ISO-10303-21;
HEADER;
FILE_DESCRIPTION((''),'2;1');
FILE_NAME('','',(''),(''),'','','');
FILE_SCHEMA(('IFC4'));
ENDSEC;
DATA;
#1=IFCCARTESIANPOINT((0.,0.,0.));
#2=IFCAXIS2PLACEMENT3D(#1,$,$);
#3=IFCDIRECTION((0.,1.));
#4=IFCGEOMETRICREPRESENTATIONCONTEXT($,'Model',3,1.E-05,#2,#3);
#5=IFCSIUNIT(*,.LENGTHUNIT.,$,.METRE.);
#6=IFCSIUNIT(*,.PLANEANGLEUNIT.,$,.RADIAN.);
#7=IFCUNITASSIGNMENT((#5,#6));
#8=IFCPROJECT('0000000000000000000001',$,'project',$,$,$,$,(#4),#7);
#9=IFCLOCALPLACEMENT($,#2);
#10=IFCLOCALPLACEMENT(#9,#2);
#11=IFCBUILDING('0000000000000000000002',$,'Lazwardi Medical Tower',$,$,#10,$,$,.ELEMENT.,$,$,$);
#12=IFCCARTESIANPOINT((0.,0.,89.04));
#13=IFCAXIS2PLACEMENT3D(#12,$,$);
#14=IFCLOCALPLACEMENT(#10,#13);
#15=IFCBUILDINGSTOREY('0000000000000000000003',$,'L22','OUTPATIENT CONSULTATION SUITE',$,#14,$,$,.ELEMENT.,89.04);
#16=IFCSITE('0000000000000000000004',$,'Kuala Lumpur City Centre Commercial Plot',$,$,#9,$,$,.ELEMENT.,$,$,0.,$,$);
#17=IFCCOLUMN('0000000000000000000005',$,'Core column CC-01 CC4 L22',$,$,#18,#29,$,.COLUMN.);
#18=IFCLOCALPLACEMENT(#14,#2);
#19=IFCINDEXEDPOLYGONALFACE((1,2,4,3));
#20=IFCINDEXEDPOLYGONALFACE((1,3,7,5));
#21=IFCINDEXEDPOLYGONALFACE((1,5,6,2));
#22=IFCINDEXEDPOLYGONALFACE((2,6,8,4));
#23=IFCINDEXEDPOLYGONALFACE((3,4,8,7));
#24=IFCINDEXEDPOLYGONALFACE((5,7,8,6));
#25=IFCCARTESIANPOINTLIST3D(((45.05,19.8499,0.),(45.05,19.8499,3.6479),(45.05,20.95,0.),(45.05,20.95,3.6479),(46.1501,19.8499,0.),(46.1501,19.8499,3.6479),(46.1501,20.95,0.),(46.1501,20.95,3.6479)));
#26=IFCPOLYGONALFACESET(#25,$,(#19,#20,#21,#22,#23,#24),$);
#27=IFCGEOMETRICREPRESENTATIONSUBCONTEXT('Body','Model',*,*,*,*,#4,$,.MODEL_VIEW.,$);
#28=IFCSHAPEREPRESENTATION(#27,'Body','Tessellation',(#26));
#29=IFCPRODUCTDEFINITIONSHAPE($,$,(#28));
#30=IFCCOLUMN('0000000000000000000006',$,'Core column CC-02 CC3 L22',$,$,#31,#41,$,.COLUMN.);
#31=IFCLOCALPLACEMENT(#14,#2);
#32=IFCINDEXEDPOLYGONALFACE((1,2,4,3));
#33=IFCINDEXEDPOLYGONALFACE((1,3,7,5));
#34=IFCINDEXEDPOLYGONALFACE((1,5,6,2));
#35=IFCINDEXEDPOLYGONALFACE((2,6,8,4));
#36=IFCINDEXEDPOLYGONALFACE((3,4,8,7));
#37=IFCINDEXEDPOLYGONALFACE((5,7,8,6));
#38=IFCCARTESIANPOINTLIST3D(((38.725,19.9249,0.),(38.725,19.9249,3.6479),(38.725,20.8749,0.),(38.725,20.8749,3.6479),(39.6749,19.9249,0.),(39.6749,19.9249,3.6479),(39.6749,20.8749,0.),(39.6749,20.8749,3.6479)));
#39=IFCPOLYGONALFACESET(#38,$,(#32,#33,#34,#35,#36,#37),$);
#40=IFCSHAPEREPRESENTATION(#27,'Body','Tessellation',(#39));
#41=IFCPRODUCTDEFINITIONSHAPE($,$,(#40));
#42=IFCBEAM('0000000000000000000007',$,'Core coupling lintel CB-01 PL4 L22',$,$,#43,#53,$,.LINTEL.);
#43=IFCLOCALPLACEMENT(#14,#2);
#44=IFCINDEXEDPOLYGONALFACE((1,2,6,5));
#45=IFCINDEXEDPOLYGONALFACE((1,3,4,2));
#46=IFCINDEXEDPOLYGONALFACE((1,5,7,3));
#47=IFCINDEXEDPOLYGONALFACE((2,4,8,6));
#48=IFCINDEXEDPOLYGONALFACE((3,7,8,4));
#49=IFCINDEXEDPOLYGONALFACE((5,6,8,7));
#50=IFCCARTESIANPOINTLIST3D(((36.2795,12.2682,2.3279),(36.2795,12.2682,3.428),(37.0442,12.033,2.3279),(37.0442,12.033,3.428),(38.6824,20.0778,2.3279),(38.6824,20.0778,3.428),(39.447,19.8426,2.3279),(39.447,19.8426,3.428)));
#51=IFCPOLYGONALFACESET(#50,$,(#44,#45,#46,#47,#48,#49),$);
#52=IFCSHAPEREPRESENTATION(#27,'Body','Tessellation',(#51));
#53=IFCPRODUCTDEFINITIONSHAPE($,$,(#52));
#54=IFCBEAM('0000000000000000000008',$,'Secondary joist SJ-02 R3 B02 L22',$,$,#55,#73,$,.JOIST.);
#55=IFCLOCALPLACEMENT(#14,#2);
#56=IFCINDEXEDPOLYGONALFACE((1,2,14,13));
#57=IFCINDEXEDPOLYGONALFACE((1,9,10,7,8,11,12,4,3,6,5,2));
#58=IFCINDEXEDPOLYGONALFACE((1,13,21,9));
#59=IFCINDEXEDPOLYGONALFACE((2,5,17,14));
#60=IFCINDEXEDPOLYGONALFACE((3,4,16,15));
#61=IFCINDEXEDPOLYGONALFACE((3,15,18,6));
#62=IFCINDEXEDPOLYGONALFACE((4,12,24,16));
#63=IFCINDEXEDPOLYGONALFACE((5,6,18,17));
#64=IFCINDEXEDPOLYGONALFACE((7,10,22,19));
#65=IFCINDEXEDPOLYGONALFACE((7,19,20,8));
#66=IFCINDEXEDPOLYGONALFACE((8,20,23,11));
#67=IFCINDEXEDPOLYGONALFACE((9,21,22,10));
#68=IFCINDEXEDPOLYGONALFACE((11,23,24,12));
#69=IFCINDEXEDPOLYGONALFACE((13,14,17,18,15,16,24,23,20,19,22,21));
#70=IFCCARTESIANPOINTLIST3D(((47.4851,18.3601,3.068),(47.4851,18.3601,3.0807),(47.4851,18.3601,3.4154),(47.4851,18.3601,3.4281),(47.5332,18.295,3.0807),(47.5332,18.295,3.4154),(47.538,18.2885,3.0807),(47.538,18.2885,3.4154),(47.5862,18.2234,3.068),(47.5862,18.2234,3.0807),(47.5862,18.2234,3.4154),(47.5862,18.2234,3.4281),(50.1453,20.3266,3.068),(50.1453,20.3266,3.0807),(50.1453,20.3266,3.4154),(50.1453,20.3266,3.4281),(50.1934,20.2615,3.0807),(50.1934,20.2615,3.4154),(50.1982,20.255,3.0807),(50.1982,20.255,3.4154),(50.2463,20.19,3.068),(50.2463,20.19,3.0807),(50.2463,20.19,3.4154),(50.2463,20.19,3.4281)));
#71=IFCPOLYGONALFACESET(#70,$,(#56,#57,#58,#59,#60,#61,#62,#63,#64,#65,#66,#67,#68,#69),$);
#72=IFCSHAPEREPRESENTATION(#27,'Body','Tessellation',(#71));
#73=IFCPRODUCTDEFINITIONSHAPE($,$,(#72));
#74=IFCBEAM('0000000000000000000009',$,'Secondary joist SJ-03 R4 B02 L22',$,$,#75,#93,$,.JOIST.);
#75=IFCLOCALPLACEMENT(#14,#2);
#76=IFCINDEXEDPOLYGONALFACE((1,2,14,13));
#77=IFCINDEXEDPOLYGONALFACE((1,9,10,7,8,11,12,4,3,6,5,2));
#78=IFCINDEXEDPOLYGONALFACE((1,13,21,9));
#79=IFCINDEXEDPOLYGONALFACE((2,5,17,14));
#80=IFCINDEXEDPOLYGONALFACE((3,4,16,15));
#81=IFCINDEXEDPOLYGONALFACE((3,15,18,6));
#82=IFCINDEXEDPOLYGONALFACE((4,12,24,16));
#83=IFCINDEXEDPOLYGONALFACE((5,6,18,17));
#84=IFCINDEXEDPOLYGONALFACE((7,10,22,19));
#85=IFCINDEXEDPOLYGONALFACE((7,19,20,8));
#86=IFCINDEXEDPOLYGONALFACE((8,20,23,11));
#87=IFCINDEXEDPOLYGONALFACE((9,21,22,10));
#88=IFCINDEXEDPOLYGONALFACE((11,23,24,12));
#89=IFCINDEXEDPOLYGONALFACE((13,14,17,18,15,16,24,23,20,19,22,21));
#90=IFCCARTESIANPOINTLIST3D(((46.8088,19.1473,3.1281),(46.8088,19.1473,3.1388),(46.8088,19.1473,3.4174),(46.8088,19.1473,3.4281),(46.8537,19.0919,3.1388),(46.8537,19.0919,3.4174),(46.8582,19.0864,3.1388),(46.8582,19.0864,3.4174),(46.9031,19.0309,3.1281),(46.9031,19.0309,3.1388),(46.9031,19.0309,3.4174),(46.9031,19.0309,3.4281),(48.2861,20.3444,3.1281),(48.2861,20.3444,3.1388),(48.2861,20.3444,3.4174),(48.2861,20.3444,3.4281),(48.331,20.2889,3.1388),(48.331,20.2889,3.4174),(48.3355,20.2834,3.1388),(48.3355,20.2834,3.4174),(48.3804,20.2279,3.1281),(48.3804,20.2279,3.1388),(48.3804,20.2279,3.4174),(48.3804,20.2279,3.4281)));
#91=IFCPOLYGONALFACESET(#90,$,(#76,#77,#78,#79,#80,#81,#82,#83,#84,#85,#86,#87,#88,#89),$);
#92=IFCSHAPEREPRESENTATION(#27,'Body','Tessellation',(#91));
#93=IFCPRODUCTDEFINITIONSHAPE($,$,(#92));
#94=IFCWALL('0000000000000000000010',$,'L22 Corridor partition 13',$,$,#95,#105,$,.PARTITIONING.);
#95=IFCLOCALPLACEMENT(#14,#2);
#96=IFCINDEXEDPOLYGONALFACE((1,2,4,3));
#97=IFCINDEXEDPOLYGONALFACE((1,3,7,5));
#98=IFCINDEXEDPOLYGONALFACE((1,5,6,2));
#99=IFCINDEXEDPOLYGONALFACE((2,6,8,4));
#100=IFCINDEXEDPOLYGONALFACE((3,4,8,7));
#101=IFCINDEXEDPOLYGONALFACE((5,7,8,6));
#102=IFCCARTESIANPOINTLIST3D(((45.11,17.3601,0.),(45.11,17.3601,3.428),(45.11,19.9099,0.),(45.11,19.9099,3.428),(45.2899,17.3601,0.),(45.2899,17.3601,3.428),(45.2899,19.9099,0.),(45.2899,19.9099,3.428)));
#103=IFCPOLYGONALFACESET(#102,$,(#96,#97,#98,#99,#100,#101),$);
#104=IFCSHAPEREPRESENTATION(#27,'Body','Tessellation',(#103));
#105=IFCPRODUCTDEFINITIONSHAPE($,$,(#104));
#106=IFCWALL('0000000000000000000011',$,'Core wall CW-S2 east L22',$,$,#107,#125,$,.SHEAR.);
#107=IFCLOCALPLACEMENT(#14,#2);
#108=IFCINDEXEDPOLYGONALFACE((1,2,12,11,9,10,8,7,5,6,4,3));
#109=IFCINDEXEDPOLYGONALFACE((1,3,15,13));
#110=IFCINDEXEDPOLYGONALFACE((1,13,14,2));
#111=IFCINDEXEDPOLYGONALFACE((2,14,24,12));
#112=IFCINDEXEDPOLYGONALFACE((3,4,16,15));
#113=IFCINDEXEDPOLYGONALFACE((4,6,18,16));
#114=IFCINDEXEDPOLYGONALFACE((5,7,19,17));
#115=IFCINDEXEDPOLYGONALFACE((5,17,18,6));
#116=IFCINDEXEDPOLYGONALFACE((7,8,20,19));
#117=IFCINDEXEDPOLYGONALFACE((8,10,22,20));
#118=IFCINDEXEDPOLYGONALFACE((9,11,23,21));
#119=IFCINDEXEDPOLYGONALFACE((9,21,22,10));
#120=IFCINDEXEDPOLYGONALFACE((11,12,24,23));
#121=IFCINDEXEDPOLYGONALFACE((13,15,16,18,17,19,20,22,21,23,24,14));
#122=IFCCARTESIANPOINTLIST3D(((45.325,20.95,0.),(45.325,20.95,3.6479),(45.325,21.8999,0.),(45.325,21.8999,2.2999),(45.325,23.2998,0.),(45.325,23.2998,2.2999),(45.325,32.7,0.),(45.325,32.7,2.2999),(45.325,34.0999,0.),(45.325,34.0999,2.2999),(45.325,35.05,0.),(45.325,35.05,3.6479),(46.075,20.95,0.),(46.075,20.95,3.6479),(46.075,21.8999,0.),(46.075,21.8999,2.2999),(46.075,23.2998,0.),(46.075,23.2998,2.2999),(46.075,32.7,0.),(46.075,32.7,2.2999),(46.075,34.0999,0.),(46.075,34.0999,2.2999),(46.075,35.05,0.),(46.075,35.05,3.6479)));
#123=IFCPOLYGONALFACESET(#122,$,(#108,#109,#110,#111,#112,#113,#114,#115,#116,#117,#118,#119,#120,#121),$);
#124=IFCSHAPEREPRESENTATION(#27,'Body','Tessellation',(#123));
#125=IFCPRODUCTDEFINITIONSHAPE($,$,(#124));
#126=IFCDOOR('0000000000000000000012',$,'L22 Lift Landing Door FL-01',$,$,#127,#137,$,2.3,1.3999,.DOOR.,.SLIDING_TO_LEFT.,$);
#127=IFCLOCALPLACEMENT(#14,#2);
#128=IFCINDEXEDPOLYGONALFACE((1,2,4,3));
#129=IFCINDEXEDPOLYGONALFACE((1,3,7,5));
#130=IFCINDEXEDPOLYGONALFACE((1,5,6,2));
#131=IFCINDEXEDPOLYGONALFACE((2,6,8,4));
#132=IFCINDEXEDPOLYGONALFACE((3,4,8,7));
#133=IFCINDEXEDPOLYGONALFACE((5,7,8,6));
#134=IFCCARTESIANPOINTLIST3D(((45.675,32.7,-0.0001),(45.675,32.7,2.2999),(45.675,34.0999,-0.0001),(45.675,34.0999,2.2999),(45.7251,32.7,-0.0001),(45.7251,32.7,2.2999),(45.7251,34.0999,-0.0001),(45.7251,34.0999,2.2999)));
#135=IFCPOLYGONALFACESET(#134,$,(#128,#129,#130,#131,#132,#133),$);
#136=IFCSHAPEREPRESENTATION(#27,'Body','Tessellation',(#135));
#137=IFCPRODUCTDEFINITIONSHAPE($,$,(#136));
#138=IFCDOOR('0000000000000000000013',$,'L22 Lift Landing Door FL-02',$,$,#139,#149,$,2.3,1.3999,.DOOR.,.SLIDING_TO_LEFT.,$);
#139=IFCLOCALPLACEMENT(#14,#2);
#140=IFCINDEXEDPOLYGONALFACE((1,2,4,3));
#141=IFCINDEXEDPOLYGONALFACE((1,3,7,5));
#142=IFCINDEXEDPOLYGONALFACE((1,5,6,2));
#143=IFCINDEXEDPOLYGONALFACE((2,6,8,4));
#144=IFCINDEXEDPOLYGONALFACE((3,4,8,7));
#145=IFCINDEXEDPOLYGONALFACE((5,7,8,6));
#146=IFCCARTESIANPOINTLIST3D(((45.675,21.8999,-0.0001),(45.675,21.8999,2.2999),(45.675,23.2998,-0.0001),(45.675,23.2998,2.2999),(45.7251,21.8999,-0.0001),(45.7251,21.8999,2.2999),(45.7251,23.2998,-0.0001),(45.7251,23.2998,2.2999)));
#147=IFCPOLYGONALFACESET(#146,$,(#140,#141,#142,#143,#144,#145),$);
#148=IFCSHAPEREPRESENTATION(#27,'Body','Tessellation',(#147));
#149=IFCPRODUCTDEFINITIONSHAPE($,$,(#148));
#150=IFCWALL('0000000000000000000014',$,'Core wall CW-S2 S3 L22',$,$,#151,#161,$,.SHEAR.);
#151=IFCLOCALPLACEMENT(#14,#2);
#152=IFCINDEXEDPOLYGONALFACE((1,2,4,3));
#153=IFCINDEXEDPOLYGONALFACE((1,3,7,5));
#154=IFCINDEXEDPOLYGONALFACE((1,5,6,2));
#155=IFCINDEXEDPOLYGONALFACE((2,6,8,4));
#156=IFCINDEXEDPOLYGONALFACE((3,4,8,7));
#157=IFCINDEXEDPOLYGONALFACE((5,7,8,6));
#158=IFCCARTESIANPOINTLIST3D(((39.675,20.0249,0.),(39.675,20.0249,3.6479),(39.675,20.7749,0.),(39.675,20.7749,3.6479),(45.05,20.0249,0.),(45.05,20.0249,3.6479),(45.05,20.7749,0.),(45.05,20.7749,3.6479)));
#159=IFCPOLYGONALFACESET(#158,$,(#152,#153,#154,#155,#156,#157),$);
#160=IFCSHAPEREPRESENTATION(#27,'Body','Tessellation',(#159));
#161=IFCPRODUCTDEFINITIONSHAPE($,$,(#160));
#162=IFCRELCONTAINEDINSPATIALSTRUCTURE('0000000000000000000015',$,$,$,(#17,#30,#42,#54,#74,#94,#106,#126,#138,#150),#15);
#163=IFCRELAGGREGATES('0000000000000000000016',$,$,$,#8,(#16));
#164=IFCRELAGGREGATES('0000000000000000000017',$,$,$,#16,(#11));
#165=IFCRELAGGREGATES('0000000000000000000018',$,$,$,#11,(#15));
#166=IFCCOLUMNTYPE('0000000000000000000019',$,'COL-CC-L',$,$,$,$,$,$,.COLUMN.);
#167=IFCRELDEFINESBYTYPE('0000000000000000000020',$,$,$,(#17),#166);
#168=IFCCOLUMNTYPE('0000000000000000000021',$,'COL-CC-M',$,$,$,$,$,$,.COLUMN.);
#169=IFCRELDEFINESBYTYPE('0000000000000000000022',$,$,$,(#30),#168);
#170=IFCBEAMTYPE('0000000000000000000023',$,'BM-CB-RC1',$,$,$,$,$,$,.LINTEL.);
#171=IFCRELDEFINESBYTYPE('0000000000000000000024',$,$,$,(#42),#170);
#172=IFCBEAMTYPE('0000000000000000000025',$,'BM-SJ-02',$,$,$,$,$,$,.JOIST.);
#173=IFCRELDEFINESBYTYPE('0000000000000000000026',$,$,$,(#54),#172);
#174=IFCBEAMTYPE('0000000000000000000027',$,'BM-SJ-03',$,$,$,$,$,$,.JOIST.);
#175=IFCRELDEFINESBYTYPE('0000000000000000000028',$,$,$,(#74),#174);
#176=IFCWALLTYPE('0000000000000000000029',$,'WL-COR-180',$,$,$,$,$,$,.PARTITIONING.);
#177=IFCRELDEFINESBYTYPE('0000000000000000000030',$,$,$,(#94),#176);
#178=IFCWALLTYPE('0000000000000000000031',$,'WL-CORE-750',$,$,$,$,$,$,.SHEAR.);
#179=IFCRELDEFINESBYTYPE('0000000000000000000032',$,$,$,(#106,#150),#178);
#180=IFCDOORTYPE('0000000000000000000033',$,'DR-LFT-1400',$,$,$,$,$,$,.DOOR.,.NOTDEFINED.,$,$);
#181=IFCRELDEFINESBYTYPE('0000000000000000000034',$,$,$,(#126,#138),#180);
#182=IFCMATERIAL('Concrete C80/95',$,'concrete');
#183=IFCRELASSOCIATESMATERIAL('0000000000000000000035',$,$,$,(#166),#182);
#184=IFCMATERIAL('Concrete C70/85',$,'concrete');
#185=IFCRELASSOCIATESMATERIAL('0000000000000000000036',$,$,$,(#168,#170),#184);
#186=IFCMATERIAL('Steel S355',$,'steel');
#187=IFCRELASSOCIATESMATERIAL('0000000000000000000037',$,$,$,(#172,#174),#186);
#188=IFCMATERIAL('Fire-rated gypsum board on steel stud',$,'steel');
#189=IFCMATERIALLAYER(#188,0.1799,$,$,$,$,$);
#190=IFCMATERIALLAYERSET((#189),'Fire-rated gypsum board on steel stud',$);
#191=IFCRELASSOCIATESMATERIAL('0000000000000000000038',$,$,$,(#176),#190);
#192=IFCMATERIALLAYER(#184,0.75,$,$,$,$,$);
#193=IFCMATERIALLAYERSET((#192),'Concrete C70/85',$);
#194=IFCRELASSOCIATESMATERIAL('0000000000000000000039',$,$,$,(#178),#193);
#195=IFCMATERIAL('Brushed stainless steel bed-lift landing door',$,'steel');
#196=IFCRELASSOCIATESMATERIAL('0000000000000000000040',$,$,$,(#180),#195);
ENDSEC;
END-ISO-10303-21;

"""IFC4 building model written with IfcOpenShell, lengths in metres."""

from ifc_helpers import new_model, si_unit, direction, frame, frame_2d, origin, origin_2d, place, context, subcontext, project, spatial, rectangle, i_section, extrude, material, layer, layer_set, material_profile, profile_set, type_object, element, fill, save


model = new_model("IFC4")

# Units and contexts
model_context = context("Model", 3, precision=1e-05, world=origin(), true_north=direction((0.0, 1.0)))
body_context = subcontext(model_context, "Body", "Model", "MODEL_VIEW")
ifc_project = project(units=[si_unit("LENGTHUNIT", "METRE"), si_unit("PLANEANGLEUNIT", "RADIAN")], contexts=[model_context])

# Site, building, storey
site_placement = place(None, origin())
site = spatial("IfcSite", under=ifc_project, at=site_placement, Name="Kuala Lumpur City Centre Commercial Plot", CompositionType="ELEMENT", RefElevation=0.0)
building_placement = place(site_placement, origin())
building = spatial("IfcBuilding", under=site, at=building_placement, Name="Lazwardi Medical Tower", CompositionType="ELEMENT")
storey_placement = place(building_placement, frame((0.0, 0.0, 89.04)))
storey = spatial("IfcBuildingStorey", under=building, at=storey_placement, Name="L22", Description="OUTPATIENT CONSULTATION SUITE", CompositionType="ELEMENT", Elevation=89.04)

# Columns
ifc_material_1 = material(Name="Concrete C80/95", Category="concrete")
ifc_material_profile_1 = material_profile(ifc_material_1, rectangle(XDim=1.1001, YDim=1.1001, at=origin_2d()), Name="RC 1100x1100")
ifc_profile_set_1 = profile_set([ifc_material_profile_1], Name="Concrete C80/95")
column_type_1 = type_object("IfcColumnType", Name="COL-CC-L", PredefinedType="COLUMN", material=ifc_profile_set_1)
column_1_placement = place(storey_placement, frame((45.6001, 20.3999, 0.0), z_axis=(0.0, 0.0, 1.0), x_axis=(1.0, 0.0, 0.0)))
element("IfcColumn", 1, at=column_1_placement, inside=storey, type_object=column_type_1, Name="Core column CC-01 CC4 L22", PredefinedType="COLUMN", context=body_context, shape_type="SweptSolid", body=[
    extrude(rectangle(XDim=1.1001, YDim=1.1001, at=origin_2d()), origin(), (0.0, 0.0, 1.0), 3.6479),
])
ifc_material_2 = material(Name="Concrete C70/85", Category="concrete")
ifc_material_profile_2 = material_profile(ifc_material_2, rectangle(XDim=0.95, YDim=0.95, at=origin_2d()), Name="RC 950x950")
ifc_profile_set_2 = profile_set([ifc_material_profile_2], Name="Concrete C70/85")
column_type_2 = type_object("IfcColumnType", Name="COL-CC-M", PredefinedType="COLUMN", material=ifc_profile_set_2)
column_2_placement = place(storey_placement, frame((39.2, 20.3999, 0.0), z_axis=(0.0, 0.0, 1.0), x_axis=(1.0, 0.0, 0.0)))
element("IfcColumn", 2, at=column_2_placement, inside=storey, type_object=column_type_2, Name="Core column CC-02 CC3 L22", PredefinedType="COLUMN", context=body_context, shape_type="SweptSolid", body=[
    extrude(rectangle(XDim=0.95, YDim=0.95, at=origin_2d()), origin(), (0.0, 0.0, 1.0), 3.6479),
])

# Beams
ifc_material_profile_3 = material_profile(ifc_material_2, rectangle(XDim=0.8, YDim=1.1001, at=origin_2d()), Name="RC 800x1100")
ifc_profile_set_3 = profile_set([ifc_material_profile_3], Name="Concrete C70/85")
beam_type_1 = type_object("IfcBeamType", Name="BM-CB-RC1", PredefinedType="LINTEL", material=ifc_profile_set_3)
beam_1_placement = place(storey_placement, frame((39.0647, 19.9602, 2.8779), z_axis=(-0.294073, -0.955783, 0.0), x_axis=(0.955783, -0.294073, 0.0)))
element("IfcBeam", 3, at=beam_1_placement, inside=storey, type_object=beam_type_1, Name="Core coupling lintel CB-01 PL4 L22", PredefinedType="LINTEL", context=body_context, shape_type="SweptSolid", body=[
    extrude(rectangle(XDim=0.8, YDim=1.1001, at=origin_2d()), origin(), (0.0, 0.0, 1.0), 8.1709),
])
ifc_material_3 = material(Name="Steel S355", Category="steel")
ifc_material_profile_4 = material_profile(ifc_material_3, i_section(OverallWidth=0.1699, OverallDepth=0.3601, WebThickness=0.0081, FlangeThickness=0.0127, at=origin_2d()), Name="IPE 360")
ifc_profile_set_4 = profile_set([ifc_material_profile_4], Name="Steel S355")
beam_type_2 = type_object("IfcBeamType", Name="BM-SJ-02", PredefinedType="JOIST", material=ifc_profile_set_4)
beam_2_placement = place(storey_placement, frame((47.5356, 18.2917, 3.248), z_axis=(0.804126, 0.59446, 0.0), x_axis=(-0.59446, 0.804126, 0.0)))
element("IfcBeam", 4, at=beam_2_placement, inside=storey, type_object=beam_type_2, Name="Secondary joist SJ-02 R3 B02 L22", PredefinedType="JOIST", context=body_context, shape_type="SweptSolid", body=[
    extrude(i_section(OverallWidth=0.1699, OverallDepth=0.3601, WebThickness=0.0081, FlangeThickness=0.0127, at=origin_2d()), origin(), (0.0, 0.0, 1.0), 3.3081),
])
ifc_material_profile_5 = material_profile(ifc_material_3, i_section(OverallWidth=0.1499, OverallDepth=0.3, WebThickness=0.0071, FlangeThickness=0.0107, at=origin_2d()), Name="IPE 300")
ifc_profile_set_5 = profile_set([ifc_material_profile_5], Name="Steel S355")
beam_type_3 = type_object("IfcBeamType", Name="BM-SJ-03", PredefinedType="JOIST", material=ifc_profile_set_5)
beam_3_placement = place(storey_placement, frame((46.856, 19.0891, 3.2781), z_axis=(0.776958, 0.629553, 0.0), x_axis=(-0.629553, 0.776958, 0.0)))
element("IfcBeam", 5, at=beam_3_placement, inside=storey, type_object=beam_type_3, Name="Secondary joist SJ-03 R4 B02 L22", PredefinedType="JOIST", context=body_context, shape_type="SweptSolid", body=[
    extrude(i_section(OverallWidth=0.1499, OverallDepth=0.3, WebThickness=0.0071, FlangeThickness=0.0107, at=origin_2d()), origin(), (0.0, 0.0, 1.0), 1.9014),
])

# Wall
ifc_material_4 = material(Name="Fire-rated gypsum board on steel stud", Category="steel")
ifc_layer_1 = layer(ifc_material_4, 0.1799)
ifc_layer_set_1 = layer_set([ifc_layer_1], Name="Fire-rated gypsum board on steel stud")
wall_type_1 = type_object("IfcWallType", Name="WL-COR-180", PredefinedType="PARTITIONING", material=ifc_layer_set_1)
wall_1_placement = place(storey_placement, frame((45.2, 19.9099, 0.0), z_axis=(0.0, 0.0, 1.0), x_axis=(0.0, -1.0, 0.0)))
element("IfcWall", 6, at=wall_1_placement, inside=storey, type_object=wall_type_1, Name="L22 Corridor partition 13", PredefinedType="PARTITIONING", context=body_context, shape_type="SweptSolid", body=[
    extrude(rectangle(XDim=2.5498, YDim=0.1799, at=frame_2d((1.2749, 0.0))), origin(), (0.0, 0.0, 1.0), 3.428),
])

# Wall, openings, doors
ifc_layer_2 = layer(ifc_material_2, 0.75)
ifc_layer_set_2 = layer_set([ifc_layer_2], Name="Concrete C70/85")
wall_type_2 = type_object("IfcWallType", Name="WL-CORE-750", PredefinedType="SHEAR", material=ifc_layer_set_2)
wall_2_placement = place(storey_placement, frame((45.7, 20.95, 0.0), z_axis=(0.0, 0.0, 1.0), x_axis=(0.0, 1.0, 0.0)))
wall_2 = element("IfcWall", 7, at=wall_2_placement, inside=storey, type_object=wall_type_2, Name="Core wall CW-S2 east L22", PredefinedType="SHEAR", context=body_context, shape_type="SweptSolid", body=[
    extrude(rectangle(XDim=14.1001, YDim=0.75, at=frame_2d((7.05, 0.0))), origin(), (0.0, 0.0, 1.0), 3.6479),
])
opening_1_placement = place(wall_2_placement, frame((11.75, 0.0, 0.0)))
opening_1 = element("IfcOpeningElement", 8, at=opening_1_placement, cuts=wall_2, PredefinedType="OPENING", context=body_context, shape_type="SweptSolid", body=[
    extrude(rectangle(XDim=1.3999, YDim=2.3, at=frame_2d((0.7, 1.1499))), frame((0.0, 0.385, 0.0), z_axis=(0.0, -1.0, 0.0), x_axis=(1.0, 0.0, 0.0)), (0.0, 0.0, 1.0), 0.77),
])
opening_2_placement = place(wall_2_placement, frame((0.95, 0.0, 0.0)))
opening_2 = element("IfcOpeningElement", 9, at=opening_2_placement, cuts=wall_2, PredefinedType="OPENING", context=body_context, shape_type="SweptSolid", body=[
    extrude(rectangle(XDim=1.3999, YDim=2.3, at=frame_2d((0.7, 1.1499))), frame((0.0, 0.385, 0.0), z_axis=(0.0, -1.0, 0.0), x_axis=(1.0, 0.0, 0.0)), (0.0, 0.0, 1.0), 0.77),
])
ifc_material_5 = material(Name="Brushed stainless steel bed-lift landing door", Category="steel")
door_type = type_object("IfcDoorType", Name="DR-LFT-1400", OperationType="NOTDEFINED", PredefinedType="DOOR", material=ifc_material_5)
door_1_placement = place(opening_1_placement, origin())
door_1 = element("IfcDoor", 10, at=door_1_placement, inside=storey, type_object=door_type, Name="L22 Lift Landing Door FL-01", OperationType="SLIDING_TO_LEFT", OverallHeight=2.3, OverallWidth=1.3999, PredefinedType="DOOR", context=body_context, shape_type="SweptSolid", body=[
    extrude(rectangle(XDim=1.3999, YDim=2.3, at=frame_2d((0.7, 1.1499))), frame((0.0, 0.0249, 0.0), z_axis=(0.0, -1.0, 0.0), x_axis=(1.0, 0.0, 0.0)), (0.0, 0.0, 1.0), 0.05),
])
fill(opening_1, door_1)
door_2_placement = place(opening_2_placement, origin())
door_2 = element("IfcDoor", 11, at=door_2_placement, inside=storey, type_object=door_type, Name="L22 Lift Landing Door FL-02", OperationType="SLIDING_TO_LEFT", OverallHeight=2.3, OverallWidth=1.3999, PredefinedType="DOOR", context=body_context, shape_type="SweptSolid", body=[
    extrude(rectangle(XDim=1.3999, YDim=2.3, at=frame_2d((0.7, 1.1499))), frame((0.0, 0.0249, 0.0), z_axis=(0.0, -1.0, 0.0), x_axis=(1.0, 0.0, 0.0)), (0.0, 0.0, 1.0), 0.05),
])
fill(opening_2, door_2)

# Wall
wall_3_placement = place(storey_placement, frame((39.675, 20.3999, 0.0), z_axis=(0.0, 0.0, 1.0), x_axis=(1.0, 0.0, 0.0)))
element("IfcWall", 12, at=wall_3_placement, inside=storey, type_object=wall_type_2, Name="Core wall CW-S2 S3 L22", PredefinedType="SHEAR", context=body_context, shape_type="SweptSolid", body=[
    extrude(rectangle(XDim=5.375, YDim=0.75, at=frame_2d((2.6875, 0.0))), origin(), (0.0, 0.0, 1.0), 3.6479),
])

save(model, "model.ifc")
